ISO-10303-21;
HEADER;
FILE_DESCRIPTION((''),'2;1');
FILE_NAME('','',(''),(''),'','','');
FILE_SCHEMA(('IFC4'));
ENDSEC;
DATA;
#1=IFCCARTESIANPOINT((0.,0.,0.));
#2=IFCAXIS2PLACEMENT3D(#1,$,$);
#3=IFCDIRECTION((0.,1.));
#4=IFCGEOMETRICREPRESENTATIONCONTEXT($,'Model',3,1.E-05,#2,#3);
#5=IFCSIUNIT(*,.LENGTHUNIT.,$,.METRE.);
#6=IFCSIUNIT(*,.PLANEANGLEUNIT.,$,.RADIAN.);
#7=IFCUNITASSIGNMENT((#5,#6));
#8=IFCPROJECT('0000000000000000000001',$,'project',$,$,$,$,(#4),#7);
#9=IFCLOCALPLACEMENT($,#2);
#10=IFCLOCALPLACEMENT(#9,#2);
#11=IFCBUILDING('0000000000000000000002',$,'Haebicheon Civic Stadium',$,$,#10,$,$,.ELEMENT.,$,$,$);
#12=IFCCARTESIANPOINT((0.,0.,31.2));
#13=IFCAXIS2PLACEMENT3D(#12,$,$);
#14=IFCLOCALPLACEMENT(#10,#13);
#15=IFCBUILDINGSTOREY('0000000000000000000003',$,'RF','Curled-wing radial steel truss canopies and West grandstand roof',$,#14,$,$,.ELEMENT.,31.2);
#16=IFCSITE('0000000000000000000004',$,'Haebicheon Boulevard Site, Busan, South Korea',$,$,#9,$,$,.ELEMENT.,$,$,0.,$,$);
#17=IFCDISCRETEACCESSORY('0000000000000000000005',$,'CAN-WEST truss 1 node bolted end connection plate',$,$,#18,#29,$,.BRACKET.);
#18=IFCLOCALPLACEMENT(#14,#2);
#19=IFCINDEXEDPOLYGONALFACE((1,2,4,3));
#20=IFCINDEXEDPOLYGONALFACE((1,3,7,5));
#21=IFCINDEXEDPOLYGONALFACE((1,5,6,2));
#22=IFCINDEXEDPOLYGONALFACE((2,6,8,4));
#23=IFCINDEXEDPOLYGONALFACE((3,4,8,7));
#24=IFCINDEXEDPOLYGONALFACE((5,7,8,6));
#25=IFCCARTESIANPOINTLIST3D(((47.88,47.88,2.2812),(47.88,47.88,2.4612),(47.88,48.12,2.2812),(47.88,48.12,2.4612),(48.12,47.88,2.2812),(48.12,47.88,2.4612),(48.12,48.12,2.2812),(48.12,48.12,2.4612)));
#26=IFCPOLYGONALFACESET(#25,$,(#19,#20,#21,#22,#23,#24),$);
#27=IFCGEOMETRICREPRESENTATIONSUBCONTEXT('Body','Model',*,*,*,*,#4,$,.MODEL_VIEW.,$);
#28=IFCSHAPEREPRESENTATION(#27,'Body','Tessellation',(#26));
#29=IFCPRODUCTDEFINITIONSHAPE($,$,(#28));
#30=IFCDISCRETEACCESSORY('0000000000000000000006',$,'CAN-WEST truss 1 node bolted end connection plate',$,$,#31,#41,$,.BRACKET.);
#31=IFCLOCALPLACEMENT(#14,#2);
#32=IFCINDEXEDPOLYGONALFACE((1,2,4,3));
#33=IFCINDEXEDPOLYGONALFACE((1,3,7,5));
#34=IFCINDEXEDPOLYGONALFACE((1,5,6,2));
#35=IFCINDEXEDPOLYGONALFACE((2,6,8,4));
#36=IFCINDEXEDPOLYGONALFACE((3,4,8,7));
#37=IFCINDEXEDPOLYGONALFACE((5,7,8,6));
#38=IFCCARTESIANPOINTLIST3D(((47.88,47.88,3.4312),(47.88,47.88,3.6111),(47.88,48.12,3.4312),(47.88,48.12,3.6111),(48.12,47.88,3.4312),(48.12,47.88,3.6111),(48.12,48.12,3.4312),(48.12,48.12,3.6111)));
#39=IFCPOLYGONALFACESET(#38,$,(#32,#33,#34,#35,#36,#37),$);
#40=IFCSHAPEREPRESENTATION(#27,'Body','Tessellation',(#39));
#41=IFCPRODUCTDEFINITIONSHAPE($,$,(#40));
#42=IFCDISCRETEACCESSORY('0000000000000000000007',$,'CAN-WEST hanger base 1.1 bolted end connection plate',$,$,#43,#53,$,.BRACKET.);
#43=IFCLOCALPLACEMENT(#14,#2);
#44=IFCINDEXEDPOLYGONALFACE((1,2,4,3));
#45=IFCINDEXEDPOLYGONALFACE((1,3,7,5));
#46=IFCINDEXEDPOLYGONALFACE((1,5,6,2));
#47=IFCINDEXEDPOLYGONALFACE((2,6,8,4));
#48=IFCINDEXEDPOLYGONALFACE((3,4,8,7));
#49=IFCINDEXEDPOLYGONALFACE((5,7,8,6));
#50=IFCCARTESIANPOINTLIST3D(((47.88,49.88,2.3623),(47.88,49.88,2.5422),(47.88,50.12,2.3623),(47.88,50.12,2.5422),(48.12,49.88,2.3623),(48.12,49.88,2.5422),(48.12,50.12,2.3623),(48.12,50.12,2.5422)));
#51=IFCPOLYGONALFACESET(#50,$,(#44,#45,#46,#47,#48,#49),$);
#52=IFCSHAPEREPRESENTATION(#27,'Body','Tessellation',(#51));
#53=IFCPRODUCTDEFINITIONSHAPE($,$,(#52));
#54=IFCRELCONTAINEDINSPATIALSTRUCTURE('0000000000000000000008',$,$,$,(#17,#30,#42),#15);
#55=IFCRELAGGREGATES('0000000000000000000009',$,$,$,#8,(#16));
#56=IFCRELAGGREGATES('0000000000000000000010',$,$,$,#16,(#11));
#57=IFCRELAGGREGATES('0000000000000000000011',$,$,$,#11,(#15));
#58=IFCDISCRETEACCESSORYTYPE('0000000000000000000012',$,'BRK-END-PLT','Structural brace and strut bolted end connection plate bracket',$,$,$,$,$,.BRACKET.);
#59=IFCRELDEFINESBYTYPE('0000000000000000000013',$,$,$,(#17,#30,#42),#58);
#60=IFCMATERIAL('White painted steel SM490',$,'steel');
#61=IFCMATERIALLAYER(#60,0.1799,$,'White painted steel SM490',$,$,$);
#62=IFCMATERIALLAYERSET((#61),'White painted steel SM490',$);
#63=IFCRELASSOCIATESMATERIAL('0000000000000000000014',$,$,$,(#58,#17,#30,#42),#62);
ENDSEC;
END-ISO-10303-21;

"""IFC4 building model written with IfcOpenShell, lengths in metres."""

from ifc_helpers import new_model, si_unit, direction, frame, origin, origin_2d, place, context, subcontext, project, spatial, rectangle, extrude, material, layer, layer_set, type_object, element, save


model = new_model("IFC4")

# Units and contexts
model_context = context("Model", 3, precision=1e-05, world=origin(), true_north=direction((0.0, 1.0)))
body_context = subcontext(model_context, "Body", "Model", "MODEL_VIEW")
ifc_project = project(units=[si_unit("LENGTHUNIT", "METRE"), si_unit("PLANEANGLEUNIT", "RADIAN")], contexts=[model_context])

# Site, building, storey
site_placement = place(None, origin())
site = spatial("IfcSite", under=ifc_project, at=site_placement, Name="Haebicheon Boulevard Site, Busan, South Korea", CompositionType="ELEMENT", RefElevation=0.0)
building_placement = place(site_placement, origin())
building = spatial("IfcBuilding", under=site, at=building_placement, Name="Haebicheon Civic Stadium", CompositionType="ELEMENT")
storey_placement = place(building_placement, frame((0.0, 0.0, 31.2)))
storey = spatial("IfcBuildingStorey", under=building, at=storey_placement, Name="RF", Description="Curled-wing radial steel truss canopies and West grandstand roof", CompositionType="ELEMENT", Elevation=31.2)

# Discrete accessories
ifc_material_1 = material(Name="White painted steel SM490", Category="steel")
ifc_layer_1 = layer(ifc_material_1, 0.1799, Name="White painted steel SM490")
ifc_layer_set_1 = layer_set([ifc_layer_1], Name="White painted steel SM490")
discrete_accessory_type = type_object("IfcDiscreteAccessoryType", Name="BRK-END-PLT", Description="Structural brace and strut bolted end connection plate bracket", PredefinedType="BRACKET", material=ifc_layer_set_1)
for number, where, z_axis, x_axis, name in (
    (1, (48.0, 48.0, 2.2812), (0.0, 0.0, 1.0), (1.0, 0.0, 0.0), "CAN-WEST truss 1 node bolted end connection plate"),
    (2, (48.0, 48.0, 3.4312), (0.0, 0.0, 1.0), (1.0, 0.0, 0.0), "CAN-WEST truss 1 node bolted end connection plate"),
    (3, (48.0, 50.0, 2.3623), (0.0, 0.0, 1.0), (1.0, 0.0, 0.0), "CAN-WEST hanger base 1.1 bolted end connection plate"),
):
    element("IfcDiscreteAccessory", number, at=place(storey_placement, frame(where, z_axis=z_axis, x_axis=x_axis)), inside=storey, type_object=discrete_accessory_type, material=ifc_layer_set_1, Name=name, PredefinedType="BRACKET", context=body_context, shape_type="SweptSolid", body=[
        extrude(rectangle(XDim=0.24, YDim=0.24, at=origin_2d()), origin(), (0.0, 0.0, 1.0), 0.1799),
    ])

save(model, "model.ifc")
